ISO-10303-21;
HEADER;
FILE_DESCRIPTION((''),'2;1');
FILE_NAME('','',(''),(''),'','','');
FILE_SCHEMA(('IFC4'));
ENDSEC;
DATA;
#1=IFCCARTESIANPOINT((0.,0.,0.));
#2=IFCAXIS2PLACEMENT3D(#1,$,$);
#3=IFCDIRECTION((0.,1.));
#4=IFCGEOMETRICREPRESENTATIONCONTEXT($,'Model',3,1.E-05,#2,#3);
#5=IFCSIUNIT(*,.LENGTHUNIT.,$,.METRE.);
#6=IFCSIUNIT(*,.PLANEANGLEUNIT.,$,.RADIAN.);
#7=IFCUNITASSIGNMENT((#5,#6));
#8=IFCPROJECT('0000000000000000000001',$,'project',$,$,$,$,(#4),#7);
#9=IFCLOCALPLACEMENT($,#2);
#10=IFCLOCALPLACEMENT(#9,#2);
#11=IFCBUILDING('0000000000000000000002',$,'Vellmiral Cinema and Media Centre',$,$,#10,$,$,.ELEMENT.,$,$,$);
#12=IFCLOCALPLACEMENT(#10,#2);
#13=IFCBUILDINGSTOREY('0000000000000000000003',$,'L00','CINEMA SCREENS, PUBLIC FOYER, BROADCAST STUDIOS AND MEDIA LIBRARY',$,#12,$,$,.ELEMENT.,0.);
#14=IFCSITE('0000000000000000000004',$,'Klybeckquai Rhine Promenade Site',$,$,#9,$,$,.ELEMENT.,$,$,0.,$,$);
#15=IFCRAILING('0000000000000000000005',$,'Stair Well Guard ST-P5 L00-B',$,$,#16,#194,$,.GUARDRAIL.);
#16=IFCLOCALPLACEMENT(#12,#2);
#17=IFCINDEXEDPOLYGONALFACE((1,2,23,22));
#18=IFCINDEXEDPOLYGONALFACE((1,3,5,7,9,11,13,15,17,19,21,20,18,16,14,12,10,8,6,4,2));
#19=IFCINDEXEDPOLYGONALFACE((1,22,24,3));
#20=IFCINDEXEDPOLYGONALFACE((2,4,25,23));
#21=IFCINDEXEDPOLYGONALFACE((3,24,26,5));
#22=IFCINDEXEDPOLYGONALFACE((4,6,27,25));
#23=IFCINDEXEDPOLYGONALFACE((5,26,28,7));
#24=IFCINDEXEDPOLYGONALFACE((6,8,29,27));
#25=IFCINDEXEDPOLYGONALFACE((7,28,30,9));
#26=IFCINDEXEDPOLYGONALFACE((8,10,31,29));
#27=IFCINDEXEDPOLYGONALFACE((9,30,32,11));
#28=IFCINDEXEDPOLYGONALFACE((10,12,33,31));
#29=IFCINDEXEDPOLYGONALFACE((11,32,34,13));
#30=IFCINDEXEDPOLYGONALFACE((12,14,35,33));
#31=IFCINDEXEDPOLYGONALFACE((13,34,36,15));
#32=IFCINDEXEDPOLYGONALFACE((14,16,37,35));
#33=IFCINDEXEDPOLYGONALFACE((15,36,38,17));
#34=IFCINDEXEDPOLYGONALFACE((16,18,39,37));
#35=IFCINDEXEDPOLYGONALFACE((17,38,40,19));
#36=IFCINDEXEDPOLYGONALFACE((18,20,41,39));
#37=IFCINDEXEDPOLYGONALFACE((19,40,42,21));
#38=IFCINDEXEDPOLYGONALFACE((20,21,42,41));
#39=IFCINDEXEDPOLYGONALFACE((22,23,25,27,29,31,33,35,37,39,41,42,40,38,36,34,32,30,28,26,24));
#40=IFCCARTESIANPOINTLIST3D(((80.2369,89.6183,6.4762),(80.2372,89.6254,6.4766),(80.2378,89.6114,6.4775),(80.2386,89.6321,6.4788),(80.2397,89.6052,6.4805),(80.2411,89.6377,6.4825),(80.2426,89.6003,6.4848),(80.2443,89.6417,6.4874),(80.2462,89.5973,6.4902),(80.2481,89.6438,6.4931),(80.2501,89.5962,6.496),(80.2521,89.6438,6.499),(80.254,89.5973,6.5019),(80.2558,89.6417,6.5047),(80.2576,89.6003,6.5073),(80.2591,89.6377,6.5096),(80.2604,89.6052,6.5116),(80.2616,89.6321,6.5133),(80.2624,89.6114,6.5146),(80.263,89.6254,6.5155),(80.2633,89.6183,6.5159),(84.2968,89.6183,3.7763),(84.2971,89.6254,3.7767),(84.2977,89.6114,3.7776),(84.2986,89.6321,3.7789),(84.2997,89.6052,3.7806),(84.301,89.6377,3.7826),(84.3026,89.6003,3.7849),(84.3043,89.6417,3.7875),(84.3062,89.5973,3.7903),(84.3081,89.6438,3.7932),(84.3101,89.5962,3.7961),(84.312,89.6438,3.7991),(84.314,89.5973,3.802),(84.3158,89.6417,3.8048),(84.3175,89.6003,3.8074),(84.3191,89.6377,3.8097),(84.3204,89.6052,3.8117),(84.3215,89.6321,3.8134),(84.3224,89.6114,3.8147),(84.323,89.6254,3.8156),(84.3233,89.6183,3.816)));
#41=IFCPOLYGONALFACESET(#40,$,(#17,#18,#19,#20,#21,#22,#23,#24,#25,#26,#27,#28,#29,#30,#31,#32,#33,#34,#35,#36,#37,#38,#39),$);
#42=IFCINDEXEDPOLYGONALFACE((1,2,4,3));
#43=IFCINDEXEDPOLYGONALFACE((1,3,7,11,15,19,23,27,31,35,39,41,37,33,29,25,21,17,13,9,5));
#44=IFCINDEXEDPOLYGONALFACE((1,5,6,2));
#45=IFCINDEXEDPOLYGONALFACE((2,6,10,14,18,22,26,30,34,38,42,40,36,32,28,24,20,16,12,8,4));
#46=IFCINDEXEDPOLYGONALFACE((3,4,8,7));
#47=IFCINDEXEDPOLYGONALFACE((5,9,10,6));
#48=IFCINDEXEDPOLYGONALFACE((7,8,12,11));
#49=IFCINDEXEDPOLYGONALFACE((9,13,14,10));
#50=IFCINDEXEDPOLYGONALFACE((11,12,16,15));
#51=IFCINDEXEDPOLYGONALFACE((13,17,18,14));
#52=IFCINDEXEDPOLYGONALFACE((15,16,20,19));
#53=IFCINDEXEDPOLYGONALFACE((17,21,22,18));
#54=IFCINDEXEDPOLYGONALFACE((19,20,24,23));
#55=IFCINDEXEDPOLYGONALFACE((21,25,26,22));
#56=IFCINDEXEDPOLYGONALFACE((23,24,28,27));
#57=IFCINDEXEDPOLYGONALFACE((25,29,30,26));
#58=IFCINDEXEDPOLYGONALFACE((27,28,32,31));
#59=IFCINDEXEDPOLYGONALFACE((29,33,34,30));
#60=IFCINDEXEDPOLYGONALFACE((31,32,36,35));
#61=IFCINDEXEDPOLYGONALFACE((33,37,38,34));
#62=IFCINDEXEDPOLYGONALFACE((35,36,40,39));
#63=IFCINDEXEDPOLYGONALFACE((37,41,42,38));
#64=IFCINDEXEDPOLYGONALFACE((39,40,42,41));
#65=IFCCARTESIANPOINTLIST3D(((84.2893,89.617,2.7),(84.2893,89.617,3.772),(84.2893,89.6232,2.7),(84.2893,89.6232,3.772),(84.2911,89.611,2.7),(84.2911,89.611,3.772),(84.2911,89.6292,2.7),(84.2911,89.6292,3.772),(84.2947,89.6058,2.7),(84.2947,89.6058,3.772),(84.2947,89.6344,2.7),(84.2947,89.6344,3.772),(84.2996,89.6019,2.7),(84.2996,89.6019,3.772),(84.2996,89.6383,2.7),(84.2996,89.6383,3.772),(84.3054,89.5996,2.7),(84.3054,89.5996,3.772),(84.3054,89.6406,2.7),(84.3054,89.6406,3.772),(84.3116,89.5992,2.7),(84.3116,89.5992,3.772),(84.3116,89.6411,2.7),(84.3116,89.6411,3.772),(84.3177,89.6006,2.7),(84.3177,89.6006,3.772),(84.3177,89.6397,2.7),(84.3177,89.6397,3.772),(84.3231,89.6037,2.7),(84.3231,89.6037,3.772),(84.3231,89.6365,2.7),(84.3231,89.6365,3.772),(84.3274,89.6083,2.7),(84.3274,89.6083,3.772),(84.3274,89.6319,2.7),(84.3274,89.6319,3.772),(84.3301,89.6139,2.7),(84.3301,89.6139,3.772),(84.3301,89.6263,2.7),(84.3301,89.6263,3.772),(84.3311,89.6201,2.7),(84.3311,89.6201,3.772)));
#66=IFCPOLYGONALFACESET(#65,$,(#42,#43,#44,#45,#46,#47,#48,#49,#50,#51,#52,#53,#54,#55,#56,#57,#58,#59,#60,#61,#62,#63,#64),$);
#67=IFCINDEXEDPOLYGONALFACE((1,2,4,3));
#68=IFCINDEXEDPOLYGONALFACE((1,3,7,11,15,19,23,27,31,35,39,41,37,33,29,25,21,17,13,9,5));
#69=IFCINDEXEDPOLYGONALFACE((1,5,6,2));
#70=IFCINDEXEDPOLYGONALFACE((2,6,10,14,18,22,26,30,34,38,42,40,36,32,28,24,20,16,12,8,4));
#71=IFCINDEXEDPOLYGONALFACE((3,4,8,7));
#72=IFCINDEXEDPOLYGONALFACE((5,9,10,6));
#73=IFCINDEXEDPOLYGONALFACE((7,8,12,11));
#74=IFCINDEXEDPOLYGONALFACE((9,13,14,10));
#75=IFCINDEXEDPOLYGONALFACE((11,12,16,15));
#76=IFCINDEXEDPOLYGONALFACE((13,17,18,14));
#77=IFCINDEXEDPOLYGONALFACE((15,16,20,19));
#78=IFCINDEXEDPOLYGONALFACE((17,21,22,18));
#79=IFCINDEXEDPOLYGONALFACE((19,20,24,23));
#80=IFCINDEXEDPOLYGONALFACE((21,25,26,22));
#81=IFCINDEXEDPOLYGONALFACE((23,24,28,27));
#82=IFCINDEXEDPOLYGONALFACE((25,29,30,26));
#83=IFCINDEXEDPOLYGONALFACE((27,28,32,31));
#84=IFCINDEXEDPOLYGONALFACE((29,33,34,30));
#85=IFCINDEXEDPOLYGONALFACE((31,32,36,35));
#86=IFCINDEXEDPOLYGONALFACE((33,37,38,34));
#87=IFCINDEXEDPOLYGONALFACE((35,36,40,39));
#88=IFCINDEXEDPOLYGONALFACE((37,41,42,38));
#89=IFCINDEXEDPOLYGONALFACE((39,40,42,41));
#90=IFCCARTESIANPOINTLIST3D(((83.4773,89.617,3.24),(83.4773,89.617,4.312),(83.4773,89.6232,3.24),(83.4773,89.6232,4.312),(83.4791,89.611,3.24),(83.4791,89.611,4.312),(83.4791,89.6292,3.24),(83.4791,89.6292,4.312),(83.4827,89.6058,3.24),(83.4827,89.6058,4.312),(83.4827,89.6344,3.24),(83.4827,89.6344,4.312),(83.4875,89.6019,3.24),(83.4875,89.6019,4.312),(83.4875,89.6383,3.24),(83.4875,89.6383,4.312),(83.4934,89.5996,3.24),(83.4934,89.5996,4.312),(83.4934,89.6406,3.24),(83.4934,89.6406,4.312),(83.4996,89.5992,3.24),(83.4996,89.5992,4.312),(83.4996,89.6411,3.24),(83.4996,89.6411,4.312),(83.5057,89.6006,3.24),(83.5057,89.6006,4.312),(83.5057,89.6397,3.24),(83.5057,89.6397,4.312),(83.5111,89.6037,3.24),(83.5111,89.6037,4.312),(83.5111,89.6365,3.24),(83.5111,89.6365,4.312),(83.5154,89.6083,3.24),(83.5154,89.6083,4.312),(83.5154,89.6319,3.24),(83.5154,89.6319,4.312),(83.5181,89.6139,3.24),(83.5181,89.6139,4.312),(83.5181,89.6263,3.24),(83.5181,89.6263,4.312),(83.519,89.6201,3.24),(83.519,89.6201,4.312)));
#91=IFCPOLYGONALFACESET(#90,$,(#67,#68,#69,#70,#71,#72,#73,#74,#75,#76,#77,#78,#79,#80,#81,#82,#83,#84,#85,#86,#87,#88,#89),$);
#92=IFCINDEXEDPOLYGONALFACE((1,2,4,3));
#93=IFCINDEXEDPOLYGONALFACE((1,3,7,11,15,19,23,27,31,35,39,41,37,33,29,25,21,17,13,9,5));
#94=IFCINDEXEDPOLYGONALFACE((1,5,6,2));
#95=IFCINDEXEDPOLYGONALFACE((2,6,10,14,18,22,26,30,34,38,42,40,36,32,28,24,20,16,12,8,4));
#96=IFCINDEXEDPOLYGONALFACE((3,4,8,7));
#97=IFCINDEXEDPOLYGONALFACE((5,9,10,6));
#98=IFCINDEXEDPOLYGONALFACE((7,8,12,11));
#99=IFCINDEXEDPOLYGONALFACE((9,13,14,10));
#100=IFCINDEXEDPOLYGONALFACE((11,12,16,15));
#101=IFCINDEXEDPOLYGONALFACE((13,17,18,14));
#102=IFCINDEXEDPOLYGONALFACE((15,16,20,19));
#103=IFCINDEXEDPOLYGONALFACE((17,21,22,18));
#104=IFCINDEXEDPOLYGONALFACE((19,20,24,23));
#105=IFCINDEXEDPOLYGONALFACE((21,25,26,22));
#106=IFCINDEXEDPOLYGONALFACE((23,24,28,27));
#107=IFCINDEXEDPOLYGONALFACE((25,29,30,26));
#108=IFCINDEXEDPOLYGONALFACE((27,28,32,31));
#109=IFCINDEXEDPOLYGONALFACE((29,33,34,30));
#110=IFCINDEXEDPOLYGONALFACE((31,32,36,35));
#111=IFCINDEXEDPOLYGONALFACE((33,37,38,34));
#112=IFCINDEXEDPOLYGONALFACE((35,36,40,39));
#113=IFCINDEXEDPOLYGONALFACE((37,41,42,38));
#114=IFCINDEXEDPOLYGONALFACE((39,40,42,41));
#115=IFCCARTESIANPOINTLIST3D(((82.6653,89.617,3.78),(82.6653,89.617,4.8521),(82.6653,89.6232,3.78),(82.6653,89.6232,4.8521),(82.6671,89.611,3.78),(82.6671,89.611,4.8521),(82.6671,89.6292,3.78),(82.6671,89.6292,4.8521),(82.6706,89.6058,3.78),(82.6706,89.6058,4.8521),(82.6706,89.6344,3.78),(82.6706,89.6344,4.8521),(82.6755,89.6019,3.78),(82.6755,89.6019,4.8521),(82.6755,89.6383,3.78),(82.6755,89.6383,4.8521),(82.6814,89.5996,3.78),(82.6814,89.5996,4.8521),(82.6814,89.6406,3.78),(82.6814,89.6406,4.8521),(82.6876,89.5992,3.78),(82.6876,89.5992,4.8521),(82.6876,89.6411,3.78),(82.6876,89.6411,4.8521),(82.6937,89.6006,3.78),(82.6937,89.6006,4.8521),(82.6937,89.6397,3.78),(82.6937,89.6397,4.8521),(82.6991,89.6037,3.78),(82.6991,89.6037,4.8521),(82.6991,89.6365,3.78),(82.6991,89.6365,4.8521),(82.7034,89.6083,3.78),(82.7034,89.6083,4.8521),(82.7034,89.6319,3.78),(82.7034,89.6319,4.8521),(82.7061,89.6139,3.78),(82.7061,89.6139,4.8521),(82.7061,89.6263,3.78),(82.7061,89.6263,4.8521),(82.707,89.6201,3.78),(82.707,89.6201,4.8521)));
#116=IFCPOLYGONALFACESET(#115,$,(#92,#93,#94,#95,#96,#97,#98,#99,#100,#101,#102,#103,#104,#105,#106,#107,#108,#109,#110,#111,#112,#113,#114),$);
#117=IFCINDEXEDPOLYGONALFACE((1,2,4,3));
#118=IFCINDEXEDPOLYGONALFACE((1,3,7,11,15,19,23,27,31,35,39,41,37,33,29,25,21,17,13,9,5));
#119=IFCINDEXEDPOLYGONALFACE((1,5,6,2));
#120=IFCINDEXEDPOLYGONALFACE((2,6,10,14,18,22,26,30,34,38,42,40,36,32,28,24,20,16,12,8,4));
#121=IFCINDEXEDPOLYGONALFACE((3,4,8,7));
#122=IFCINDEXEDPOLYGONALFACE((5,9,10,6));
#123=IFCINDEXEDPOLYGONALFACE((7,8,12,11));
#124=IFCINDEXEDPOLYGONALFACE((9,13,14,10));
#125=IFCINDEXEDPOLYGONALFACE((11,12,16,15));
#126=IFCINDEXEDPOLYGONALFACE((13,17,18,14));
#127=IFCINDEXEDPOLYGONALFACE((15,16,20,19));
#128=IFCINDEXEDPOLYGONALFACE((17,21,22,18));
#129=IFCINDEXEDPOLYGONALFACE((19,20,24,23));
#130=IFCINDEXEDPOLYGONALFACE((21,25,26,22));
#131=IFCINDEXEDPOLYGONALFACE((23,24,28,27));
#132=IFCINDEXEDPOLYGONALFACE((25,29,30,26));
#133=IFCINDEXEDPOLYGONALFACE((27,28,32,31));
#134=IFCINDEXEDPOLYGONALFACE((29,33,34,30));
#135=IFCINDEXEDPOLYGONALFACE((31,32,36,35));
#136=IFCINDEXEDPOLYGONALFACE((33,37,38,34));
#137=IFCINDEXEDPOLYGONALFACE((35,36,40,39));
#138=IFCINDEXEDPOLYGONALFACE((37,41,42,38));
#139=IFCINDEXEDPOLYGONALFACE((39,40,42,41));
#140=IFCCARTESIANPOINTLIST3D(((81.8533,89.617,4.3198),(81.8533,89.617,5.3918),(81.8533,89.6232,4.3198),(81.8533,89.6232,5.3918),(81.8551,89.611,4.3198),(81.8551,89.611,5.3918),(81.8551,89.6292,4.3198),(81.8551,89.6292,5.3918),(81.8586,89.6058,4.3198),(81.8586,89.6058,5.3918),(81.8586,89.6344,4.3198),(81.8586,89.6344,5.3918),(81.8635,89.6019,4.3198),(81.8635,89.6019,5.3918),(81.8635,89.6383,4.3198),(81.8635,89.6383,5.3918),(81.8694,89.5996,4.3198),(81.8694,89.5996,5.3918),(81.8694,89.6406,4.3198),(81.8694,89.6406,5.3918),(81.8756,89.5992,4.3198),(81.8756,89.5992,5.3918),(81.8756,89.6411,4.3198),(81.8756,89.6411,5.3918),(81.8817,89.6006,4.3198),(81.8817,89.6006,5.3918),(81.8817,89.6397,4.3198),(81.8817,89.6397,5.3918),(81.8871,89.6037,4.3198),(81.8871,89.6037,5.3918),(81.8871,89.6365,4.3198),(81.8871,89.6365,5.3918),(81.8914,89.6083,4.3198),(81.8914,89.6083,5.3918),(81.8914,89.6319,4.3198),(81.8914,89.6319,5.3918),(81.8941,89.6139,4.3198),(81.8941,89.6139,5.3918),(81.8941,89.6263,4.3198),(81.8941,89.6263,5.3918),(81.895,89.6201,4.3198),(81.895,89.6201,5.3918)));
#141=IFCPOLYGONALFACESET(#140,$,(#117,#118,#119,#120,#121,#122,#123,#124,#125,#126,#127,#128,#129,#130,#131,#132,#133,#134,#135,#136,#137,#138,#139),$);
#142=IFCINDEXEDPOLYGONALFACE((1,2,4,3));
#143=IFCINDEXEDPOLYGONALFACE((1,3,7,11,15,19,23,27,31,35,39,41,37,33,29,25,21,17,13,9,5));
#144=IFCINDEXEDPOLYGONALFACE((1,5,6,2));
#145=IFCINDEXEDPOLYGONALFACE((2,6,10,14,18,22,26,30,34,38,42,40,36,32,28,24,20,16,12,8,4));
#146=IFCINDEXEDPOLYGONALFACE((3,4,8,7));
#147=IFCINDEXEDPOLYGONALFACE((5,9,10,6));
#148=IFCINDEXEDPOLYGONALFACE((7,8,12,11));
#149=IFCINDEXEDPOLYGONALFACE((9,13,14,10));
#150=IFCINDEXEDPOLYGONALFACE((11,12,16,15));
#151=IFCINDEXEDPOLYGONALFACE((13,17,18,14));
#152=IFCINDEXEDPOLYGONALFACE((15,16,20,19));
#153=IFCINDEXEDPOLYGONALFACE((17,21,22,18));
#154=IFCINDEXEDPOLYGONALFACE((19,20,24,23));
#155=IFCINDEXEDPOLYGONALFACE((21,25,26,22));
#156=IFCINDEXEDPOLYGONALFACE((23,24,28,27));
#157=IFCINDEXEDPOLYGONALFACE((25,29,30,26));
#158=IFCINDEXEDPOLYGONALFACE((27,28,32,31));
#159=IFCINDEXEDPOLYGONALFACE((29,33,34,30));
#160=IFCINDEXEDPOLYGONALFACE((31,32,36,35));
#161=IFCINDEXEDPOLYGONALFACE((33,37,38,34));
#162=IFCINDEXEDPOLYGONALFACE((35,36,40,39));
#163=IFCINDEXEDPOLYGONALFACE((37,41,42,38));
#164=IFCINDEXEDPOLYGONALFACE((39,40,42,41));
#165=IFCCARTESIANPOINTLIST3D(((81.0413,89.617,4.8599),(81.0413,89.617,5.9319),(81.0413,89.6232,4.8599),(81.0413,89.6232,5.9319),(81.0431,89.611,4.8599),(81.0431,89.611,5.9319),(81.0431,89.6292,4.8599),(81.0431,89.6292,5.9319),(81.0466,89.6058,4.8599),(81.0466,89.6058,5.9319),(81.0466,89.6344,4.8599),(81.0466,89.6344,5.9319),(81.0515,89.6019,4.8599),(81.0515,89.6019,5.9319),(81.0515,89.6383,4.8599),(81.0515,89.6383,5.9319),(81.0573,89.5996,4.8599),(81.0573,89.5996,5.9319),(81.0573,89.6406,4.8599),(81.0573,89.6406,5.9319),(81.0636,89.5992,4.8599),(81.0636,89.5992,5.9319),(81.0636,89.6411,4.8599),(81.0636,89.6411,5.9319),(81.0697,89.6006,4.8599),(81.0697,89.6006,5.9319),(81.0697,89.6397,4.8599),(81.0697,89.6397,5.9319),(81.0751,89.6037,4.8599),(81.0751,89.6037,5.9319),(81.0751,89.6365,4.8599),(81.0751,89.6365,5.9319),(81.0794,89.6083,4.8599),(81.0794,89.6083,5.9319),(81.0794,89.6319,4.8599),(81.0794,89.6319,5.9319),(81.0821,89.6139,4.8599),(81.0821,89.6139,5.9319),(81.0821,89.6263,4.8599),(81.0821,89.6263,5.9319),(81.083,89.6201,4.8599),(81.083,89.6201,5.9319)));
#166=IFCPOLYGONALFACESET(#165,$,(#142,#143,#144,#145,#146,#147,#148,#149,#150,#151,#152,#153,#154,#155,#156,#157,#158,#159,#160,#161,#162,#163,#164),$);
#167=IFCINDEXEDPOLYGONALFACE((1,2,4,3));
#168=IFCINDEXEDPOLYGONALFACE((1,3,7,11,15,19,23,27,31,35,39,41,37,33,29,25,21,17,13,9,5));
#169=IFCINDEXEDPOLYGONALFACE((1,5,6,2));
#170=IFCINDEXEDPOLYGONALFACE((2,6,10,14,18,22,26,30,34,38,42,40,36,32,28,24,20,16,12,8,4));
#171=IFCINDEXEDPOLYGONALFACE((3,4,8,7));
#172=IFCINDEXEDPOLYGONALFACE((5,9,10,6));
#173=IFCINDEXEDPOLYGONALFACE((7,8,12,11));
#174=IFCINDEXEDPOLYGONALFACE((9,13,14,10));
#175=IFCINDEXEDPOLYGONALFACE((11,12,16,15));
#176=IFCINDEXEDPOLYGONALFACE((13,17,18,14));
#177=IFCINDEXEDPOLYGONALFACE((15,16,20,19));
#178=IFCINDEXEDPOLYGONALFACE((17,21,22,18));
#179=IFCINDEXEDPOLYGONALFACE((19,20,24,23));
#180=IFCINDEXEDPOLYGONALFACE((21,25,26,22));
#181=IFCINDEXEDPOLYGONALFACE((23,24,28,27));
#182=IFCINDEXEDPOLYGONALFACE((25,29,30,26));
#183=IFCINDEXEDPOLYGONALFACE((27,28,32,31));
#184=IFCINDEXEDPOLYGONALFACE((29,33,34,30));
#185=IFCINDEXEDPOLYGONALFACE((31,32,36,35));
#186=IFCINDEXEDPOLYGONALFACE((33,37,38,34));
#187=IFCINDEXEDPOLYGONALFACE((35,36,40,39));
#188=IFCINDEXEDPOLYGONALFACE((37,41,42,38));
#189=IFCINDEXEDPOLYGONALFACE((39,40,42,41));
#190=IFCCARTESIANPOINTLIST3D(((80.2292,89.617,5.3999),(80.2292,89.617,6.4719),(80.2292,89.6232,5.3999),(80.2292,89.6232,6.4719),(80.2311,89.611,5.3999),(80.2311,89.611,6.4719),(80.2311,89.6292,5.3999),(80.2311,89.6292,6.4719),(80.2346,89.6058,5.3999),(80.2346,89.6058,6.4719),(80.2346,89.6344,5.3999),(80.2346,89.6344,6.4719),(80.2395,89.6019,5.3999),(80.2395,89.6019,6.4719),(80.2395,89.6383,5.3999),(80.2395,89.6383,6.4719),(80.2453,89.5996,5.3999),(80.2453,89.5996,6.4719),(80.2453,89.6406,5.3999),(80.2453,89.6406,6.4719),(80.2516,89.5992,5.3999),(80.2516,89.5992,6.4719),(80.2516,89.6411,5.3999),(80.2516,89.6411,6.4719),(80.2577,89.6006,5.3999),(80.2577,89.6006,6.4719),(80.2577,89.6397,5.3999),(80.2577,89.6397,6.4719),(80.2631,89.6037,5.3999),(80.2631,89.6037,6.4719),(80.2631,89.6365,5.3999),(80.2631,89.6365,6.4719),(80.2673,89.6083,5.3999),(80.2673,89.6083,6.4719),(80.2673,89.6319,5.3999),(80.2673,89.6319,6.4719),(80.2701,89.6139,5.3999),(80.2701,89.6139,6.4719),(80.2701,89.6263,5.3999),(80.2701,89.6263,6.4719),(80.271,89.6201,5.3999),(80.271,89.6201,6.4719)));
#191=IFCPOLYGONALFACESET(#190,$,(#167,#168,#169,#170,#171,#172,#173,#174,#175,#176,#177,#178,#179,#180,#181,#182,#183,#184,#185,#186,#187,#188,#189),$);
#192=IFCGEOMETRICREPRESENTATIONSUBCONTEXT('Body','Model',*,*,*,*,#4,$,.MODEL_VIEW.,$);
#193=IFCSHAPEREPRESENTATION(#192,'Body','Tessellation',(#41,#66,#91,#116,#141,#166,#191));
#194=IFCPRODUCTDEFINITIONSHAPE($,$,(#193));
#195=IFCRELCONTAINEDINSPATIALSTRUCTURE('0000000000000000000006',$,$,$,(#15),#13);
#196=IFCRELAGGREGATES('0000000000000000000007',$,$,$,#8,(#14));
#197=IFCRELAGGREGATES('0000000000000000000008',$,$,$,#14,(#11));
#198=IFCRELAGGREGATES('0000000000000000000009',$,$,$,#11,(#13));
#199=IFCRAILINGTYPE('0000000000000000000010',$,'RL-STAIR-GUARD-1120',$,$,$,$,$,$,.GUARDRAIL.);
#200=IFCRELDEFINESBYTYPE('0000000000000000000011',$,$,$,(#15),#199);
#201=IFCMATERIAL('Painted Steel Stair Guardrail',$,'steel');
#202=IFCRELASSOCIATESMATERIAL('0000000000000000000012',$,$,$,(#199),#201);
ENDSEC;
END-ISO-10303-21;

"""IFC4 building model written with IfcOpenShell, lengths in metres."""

from ifc_helpers import new_model, si_unit, direction, frame, origin, origin_2d, place, context, subcontext, project, spatial, circle, extrude, material, type_object, element, save


model = new_model("IFC4")

# Units and contexts
model_context = context("Model", 3, precision=1e-05, world=origin(), true_north=direction((0.0, 1.0)))
body_context = subcontext(model_context, "Body", "Model", "MODEL_VIEW")
ifc_project = project(units=[si_unit("LENGTHUNIT", "METRE"), si_unit("PLANEANGLEUNIT", "RADIAN")], contexts=[model_context])

# Site, building, storey
site_placement = place(None, origin())
site = spatial("IfcSite", under=ifc_project, at=site_placement, Name="Klybeckquai Rhine Promenade Site", CompositionType="ELEMENT", RefElevation=0.0)
building_placement = place(site_placement, origin())
building = spatial("IfcBuilding", under=site, at=building_placement, Name="Vellmiral Cinema and Media Centre", CompositionType="ELEMENT")
storey_placement = place(building_placement, origin())
storey = spatial("IfcBuildingStorey", under=building, at=storey_placement, Name="L00", Description="CINEMA SCREENS, PUBLIC FOYER, BROADCAST STUDIOS AND MEDIA LIBRARY", CompositionType="ELEMENT", Elevation=0.0)

# Railing
ifc_material_1 = material(Name="Painted Steel Stair Guardrail", Category="steel")
railing_type_1 = type_object("IfcRailingType", Name="RL-STAIR-GUARD-1120", PredefinedType="GUARDRAIL", material=ifc_material_1)
railing_1_placement = place(storey_placement, frame((84.3101, 89.6201, 2.7)))
element("IfcRailing", 1, at=railing_1_placement, inside=storey, type_object=railing_type_1, Name="Stair Well Guard ST-P5 L00-B", PredefinedType="GUARDRAIL", context=body_context, shape_type="SweptSolid", body=[
    extrude(circle(Radius=0.0239, at=origin_2d()), frame((0.0, 0.0, 1.0962), z_axis=(-0.832689, 0.0, 0.553741), x_axis=(0.0, -1.0, 0.0)), (0.0, 0.0, 1.0), 4.8757),
    extrude(circle(Radius=0.021, at=origin_2d()), origin(), (0.0, 0.0, 1.0), 1.072),
    extrude(circle(Radius=0.021, at=origin_2d()), frame((-0.812, 0.0, 0.54)), (0.0, 0.0, 1.0), 1.072),
    extrude(circle(Radius=0.021, at=origin_2d()), frame((-1.624, 0.0, 1.0801)), (0.0, 0.0, 1.0), 1.072),
    extrude(circle(Radius=0.021, at=origin_2d()), frame((-2.436, 0.0, 1.6199)), (0.0, 0.0, 1.0), 1.072),
    extrude(circle(Radius=0.021, at=origin_2d()), frame((-3.248, 0.0, 2.1599)), (0.0, 0.0, 1.0), 1.072),
    extrude(circle(Radius=0.021, at=origin_2d()), frame((-4.0601, 0.0, 2.7)), (0.0, 0.0, 1.0), 1.072),
])

save(model, "model.ifc")
